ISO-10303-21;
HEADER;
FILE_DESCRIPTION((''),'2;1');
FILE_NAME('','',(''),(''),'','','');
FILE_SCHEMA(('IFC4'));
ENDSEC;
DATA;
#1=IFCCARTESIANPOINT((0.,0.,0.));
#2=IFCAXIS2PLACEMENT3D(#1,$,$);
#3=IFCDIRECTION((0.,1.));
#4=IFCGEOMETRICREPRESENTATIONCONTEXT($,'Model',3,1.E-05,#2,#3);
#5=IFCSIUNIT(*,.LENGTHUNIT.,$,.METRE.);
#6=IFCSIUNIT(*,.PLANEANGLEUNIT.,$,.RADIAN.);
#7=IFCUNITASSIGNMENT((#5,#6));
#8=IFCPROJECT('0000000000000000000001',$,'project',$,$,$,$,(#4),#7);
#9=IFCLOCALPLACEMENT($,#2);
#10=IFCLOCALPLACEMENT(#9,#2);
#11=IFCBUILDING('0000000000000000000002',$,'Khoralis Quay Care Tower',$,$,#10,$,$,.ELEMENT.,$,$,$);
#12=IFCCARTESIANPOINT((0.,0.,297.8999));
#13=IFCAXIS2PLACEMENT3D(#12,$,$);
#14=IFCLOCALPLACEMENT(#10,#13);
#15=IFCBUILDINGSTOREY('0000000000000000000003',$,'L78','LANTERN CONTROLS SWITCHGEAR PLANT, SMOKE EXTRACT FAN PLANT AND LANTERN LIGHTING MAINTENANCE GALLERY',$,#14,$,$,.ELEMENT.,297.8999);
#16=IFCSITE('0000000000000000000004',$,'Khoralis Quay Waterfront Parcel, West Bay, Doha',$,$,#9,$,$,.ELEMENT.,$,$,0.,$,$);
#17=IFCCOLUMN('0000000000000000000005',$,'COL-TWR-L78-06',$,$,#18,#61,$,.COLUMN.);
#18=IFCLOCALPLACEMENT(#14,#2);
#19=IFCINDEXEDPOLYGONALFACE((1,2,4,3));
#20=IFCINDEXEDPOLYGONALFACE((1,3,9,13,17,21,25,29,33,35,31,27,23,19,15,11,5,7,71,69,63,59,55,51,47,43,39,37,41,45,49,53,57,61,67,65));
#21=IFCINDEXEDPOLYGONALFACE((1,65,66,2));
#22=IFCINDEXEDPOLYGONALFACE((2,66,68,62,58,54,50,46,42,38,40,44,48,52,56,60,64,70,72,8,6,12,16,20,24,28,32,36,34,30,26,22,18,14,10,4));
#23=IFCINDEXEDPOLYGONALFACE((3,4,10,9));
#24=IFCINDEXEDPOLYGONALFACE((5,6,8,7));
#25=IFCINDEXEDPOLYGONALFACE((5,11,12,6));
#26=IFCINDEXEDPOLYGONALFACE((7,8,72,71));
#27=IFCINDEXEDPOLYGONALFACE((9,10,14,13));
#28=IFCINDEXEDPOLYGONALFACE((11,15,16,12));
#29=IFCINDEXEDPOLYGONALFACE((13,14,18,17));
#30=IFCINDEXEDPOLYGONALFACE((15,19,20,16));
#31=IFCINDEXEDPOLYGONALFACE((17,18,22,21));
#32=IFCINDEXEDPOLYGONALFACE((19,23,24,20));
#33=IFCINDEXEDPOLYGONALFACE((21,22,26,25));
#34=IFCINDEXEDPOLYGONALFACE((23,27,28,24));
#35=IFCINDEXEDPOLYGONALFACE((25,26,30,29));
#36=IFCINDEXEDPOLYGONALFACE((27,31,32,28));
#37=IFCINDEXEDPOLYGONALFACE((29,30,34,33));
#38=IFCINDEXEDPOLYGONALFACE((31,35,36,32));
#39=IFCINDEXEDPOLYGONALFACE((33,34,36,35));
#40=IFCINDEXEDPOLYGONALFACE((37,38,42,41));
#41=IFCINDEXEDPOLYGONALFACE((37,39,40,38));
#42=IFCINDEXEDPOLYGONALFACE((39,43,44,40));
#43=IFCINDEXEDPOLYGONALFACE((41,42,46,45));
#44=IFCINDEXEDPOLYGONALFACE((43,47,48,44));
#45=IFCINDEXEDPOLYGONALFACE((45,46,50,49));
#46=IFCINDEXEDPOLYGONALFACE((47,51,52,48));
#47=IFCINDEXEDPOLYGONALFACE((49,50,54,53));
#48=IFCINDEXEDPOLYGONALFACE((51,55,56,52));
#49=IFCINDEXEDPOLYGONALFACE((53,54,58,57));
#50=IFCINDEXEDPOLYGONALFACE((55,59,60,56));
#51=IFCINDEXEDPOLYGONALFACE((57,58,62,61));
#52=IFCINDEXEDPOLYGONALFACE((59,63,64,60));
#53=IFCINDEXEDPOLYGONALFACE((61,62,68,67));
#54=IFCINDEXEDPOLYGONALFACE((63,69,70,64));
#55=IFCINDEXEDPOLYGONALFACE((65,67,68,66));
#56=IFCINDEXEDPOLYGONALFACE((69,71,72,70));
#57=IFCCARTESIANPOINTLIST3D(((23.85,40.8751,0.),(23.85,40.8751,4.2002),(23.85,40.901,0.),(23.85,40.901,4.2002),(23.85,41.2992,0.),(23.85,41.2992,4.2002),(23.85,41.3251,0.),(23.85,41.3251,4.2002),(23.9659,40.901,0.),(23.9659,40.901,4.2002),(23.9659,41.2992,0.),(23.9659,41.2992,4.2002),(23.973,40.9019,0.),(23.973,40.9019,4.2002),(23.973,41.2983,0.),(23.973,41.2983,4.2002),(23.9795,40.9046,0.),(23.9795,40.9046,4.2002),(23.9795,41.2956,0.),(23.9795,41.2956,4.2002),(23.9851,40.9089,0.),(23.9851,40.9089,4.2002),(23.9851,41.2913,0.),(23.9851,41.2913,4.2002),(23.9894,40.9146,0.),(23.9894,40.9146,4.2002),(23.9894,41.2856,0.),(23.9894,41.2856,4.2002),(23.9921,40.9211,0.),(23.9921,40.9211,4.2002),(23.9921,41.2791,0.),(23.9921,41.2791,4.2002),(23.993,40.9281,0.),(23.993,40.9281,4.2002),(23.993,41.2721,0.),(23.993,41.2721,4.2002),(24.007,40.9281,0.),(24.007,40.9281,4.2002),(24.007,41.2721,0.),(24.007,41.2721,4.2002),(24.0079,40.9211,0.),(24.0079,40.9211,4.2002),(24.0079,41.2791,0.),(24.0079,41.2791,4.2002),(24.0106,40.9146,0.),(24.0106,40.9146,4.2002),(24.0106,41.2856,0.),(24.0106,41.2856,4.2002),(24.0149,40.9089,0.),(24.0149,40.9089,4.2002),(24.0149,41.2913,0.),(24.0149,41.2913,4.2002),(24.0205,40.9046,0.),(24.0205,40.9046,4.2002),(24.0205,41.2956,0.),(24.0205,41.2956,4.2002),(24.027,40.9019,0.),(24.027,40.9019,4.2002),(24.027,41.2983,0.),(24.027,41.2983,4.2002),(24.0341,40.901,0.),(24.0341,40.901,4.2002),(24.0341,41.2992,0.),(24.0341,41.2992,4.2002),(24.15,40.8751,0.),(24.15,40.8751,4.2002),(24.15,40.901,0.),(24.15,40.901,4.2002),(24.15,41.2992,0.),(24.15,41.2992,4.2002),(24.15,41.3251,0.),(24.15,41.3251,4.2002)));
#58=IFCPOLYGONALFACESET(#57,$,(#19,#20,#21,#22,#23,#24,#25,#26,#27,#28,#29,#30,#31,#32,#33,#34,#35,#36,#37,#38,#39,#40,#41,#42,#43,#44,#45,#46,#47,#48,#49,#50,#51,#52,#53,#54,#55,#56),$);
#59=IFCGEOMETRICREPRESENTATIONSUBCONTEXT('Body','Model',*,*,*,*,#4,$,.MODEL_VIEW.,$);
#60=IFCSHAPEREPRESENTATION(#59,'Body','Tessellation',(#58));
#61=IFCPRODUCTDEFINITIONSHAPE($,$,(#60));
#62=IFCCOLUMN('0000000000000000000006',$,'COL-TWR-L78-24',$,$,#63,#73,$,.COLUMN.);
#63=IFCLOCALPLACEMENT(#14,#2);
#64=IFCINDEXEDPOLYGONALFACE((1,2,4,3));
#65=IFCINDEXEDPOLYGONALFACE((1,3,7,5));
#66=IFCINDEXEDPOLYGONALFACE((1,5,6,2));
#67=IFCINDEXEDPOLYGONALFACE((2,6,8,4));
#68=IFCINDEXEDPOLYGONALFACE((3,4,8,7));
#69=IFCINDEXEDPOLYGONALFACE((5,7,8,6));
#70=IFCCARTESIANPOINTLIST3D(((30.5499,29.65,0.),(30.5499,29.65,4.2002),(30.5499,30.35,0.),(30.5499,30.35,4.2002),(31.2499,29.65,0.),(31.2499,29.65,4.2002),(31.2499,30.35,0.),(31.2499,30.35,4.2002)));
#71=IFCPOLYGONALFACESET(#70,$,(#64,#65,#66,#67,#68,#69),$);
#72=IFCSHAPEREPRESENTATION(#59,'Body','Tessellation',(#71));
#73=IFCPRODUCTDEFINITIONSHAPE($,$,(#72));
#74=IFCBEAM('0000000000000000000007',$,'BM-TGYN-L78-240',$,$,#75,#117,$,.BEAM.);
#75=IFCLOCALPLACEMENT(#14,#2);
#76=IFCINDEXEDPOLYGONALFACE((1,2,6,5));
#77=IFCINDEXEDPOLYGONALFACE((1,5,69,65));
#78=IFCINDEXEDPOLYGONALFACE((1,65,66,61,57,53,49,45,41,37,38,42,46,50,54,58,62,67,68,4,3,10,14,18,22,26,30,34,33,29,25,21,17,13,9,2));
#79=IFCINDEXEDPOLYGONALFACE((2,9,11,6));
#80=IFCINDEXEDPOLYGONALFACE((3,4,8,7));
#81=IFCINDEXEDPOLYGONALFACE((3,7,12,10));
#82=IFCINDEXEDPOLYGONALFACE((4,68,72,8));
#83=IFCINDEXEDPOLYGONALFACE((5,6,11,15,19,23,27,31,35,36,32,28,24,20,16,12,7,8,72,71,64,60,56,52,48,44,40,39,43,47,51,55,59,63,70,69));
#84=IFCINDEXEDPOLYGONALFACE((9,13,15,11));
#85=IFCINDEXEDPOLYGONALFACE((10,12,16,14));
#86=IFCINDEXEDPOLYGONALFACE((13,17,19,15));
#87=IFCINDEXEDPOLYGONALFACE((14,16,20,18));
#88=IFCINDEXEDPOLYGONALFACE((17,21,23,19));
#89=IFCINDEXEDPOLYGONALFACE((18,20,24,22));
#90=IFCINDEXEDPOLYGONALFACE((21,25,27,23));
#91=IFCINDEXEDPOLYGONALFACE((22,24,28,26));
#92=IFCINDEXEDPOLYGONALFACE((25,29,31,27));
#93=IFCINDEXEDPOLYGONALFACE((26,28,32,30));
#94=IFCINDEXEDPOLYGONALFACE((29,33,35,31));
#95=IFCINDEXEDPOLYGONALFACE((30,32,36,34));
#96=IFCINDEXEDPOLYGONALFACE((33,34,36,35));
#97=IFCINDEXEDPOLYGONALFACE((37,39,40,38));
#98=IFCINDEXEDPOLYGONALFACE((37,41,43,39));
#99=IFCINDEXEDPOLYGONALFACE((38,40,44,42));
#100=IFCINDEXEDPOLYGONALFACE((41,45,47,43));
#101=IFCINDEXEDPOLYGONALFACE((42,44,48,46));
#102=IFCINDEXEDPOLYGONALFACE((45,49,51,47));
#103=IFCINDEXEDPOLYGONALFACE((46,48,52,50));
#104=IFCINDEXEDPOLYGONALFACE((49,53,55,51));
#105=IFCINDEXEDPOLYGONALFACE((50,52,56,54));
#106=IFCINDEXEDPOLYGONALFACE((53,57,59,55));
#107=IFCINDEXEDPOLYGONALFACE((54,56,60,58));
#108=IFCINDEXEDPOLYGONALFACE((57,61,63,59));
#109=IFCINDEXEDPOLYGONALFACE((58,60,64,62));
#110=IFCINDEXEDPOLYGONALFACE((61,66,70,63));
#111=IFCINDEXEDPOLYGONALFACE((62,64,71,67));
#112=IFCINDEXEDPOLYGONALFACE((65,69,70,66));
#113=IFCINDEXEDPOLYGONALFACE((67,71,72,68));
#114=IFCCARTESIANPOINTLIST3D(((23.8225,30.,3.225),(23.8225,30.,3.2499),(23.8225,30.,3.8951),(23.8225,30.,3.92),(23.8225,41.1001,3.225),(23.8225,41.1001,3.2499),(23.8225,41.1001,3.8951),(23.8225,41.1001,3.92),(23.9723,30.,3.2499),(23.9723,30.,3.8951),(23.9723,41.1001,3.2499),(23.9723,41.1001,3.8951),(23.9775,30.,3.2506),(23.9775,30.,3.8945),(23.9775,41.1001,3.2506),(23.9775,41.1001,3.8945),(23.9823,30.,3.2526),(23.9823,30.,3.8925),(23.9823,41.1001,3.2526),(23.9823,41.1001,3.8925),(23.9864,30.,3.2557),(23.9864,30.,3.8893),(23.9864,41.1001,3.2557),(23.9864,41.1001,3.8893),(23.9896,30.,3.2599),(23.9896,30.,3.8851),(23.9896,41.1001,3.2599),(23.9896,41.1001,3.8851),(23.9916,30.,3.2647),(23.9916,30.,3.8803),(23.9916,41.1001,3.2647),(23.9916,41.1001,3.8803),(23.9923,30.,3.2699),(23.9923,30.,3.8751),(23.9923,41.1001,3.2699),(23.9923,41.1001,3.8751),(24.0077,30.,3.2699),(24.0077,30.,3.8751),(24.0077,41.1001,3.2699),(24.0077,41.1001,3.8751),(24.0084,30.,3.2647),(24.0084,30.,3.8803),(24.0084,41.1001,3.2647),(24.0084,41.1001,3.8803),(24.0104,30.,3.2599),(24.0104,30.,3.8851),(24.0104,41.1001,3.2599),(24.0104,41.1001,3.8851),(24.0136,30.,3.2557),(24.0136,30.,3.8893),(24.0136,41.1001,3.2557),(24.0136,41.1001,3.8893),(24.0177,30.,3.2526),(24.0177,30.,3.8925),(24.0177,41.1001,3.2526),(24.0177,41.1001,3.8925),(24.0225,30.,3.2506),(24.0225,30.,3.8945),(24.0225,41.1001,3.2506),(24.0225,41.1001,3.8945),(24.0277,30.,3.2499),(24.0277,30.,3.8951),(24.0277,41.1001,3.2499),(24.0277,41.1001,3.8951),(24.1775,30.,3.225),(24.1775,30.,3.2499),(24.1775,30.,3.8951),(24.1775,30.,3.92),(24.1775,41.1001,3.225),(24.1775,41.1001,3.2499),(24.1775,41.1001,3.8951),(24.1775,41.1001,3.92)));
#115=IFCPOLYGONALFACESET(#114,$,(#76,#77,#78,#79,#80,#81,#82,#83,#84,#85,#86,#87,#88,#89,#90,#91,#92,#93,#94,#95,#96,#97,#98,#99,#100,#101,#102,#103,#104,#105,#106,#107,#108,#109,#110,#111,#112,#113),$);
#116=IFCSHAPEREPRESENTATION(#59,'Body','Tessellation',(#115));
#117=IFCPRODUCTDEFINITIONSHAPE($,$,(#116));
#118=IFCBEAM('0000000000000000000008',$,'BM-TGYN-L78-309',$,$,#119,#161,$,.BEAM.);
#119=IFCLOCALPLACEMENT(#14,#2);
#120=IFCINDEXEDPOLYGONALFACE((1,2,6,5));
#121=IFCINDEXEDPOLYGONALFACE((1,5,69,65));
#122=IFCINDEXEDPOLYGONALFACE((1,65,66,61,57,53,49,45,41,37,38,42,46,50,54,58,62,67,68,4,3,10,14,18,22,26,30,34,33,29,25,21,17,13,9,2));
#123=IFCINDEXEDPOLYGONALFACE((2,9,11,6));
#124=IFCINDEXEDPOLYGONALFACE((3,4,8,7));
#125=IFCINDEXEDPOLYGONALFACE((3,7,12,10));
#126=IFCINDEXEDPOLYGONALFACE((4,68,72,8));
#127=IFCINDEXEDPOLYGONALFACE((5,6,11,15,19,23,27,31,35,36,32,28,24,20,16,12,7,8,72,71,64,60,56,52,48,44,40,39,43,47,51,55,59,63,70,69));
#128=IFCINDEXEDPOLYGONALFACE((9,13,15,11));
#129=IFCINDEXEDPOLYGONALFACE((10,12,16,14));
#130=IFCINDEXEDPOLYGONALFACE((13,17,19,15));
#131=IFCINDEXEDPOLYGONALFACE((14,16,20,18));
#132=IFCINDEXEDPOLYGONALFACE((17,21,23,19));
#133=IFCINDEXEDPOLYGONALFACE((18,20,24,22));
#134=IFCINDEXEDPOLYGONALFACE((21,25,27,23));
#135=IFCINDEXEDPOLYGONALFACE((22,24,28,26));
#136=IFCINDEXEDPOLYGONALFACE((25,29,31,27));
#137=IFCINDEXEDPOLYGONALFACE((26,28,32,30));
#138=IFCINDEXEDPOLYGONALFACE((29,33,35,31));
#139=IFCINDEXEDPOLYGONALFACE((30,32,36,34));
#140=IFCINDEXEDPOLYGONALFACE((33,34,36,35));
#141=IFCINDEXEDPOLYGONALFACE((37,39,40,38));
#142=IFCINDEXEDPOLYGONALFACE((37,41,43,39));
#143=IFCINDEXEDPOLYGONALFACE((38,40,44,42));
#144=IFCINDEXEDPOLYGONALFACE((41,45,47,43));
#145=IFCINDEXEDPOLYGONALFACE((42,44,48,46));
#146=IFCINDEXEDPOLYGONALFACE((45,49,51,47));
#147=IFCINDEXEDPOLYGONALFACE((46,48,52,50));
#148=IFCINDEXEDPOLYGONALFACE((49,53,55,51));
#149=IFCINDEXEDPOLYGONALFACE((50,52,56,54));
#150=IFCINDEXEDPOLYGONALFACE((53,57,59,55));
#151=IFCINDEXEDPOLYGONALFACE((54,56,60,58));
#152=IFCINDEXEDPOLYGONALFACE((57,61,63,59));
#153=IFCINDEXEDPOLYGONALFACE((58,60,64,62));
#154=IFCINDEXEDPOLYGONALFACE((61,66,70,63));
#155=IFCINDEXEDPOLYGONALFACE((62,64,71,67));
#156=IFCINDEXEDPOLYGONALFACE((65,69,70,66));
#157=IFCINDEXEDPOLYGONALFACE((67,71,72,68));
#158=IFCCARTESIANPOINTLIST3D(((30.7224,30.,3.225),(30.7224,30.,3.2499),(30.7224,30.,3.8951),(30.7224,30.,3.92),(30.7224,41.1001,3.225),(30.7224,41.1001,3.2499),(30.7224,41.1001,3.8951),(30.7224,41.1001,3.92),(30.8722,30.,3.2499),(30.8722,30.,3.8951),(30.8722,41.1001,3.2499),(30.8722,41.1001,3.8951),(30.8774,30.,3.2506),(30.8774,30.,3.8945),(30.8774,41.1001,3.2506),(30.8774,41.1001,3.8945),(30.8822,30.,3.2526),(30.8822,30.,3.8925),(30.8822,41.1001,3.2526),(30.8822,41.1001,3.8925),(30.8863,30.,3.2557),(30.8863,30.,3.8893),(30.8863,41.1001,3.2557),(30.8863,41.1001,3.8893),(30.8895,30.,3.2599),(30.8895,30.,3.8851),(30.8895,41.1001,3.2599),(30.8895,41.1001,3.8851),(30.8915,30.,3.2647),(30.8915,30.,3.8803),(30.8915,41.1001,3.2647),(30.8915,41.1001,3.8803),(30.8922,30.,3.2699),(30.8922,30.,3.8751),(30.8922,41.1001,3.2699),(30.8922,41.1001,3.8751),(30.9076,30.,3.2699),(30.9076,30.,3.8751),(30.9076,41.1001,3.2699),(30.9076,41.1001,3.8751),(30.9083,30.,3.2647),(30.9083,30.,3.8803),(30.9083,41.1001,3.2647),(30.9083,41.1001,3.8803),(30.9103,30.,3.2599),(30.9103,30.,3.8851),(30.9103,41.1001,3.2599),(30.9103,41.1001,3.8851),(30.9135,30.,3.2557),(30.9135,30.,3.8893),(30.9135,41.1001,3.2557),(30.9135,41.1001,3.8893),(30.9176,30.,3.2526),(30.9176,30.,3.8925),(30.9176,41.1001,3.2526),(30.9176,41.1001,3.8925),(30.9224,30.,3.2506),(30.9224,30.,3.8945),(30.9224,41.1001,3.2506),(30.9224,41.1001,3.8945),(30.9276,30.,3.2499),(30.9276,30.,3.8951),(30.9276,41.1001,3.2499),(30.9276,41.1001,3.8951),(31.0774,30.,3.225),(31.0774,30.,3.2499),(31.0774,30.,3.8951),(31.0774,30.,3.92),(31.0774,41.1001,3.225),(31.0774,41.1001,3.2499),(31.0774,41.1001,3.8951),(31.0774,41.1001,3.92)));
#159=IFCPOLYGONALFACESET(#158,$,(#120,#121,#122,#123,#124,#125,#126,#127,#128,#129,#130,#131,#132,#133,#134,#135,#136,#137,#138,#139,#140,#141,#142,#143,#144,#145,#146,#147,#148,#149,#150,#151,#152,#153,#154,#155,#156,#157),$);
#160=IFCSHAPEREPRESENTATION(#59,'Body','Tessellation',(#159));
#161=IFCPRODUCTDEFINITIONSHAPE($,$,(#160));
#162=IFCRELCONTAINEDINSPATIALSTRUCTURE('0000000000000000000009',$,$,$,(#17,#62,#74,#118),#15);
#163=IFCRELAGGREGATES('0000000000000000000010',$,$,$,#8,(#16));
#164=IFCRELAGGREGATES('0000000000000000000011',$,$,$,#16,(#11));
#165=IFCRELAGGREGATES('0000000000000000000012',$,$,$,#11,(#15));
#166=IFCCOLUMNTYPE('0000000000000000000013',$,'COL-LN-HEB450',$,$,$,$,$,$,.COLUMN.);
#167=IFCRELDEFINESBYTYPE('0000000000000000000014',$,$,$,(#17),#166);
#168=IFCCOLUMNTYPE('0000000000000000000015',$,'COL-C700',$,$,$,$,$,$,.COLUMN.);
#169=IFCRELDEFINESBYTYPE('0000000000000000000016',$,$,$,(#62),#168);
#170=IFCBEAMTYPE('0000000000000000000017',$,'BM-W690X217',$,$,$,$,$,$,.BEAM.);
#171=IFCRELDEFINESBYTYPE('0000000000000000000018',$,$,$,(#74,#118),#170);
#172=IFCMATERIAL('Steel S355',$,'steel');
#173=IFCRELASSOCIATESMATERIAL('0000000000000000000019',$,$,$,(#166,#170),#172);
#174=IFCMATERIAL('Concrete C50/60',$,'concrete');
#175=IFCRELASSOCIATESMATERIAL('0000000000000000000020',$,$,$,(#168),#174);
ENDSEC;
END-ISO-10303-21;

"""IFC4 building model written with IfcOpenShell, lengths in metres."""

from ifc_helpers import new_model, si_unit, direction, frame, origin, origin_2d, place, context, subcontext, project, spatial, rectangle, i_section, extrude, source, transform, mapped, material, material_profile, profile_set, type_object, element, save


model = new_model("IFC4")

# Units and contexts
model_context = context("Model", 3, precision=1e-05, world=origin(), true_north=direction((0.0, 1.0)))
body_context = subcontext(model_context, "Body", "Model", "MODEL_VIEW")
ifc_project = project(units=[si_unit("LENGTHUNIT", "METRE"), si_unit("PLANEANGLEUNIT", "RADIAN")], contexts=[model_context])

# Site, building, storey
site_placement = place(None, origin())
site = spatial("IfcSite", under=ifc_project, at=site_placement, Name="Khoralis Quay Waterfront Parcel, West Bay, Doha", CompositionType="ELEMENT", RefElevation=0.0)
building_placement = place(site_placement, origin())
building = spatial("IfcBuilding", under=site, at=building_placement, Name="Khoralis Quay Care Tower", CompositionType="ELEMENT")
storey_placement = place(building_placement, frame((0.0, 0.0, 297.8999)))
storey = spatial("IfcBuildingStorey", under=building, at=storey_placement, Name="L78", Description="LANTERN CONTROLS SWITCHGEAR PLANT, SMOKE EXTRACT FAN PLANT AND LANTERN LIGHTING MAINTENANCE GALLERY", CompositionType="ELEMENT", Elevation=297.8999)

# Columns
ifc_material_1 = material(Name="Steel S355", Category="steel")
ifc_material_profile_1 = material_profile(ifc_material_1, i_section(OverallWidth=0.3, OverallDepth=0.45, WebThickness=0.0139, FlangeThickness=0.0259, FilletRadius=0.0271, at=origin_2d()), Name="Steel S355")
ifc_profile_set_1 = profile_set([ifc_material_profile_1], Name="Steel S355")
column_type_1 = type_object("IfcColumnType", Name="COL-LN-HEB450", PredefinedType="COLUMN", material=ifc_profile_set_1)
shared_shape_1 = source(origin(), body_context, "Body", "SweptSolid", [
    extrude(i_section(OverallWidth=0.3, OverallDepth=0.45, WebThickness=0.0139, FlangeThickness=0.0259, FilletRadius=0.0271, at=origin_2d()), origin(), (0.0, 0.0, 1.0), 4.2002),
])
column_1_placement = place(storey_placement, frame((24.0, 41.1001, 0.0), z_axis=(0.0, 0.0, 1.0), x_axis=(1.0, 0.0, 0.0)))
element("IfcColumn", 1, at=column_1_placement, inside=storey, type_object=column_type_1, Name="COL-TWR-L78-06", PredefinedType="COLUMN", context=body_context, shape_type="MappedRepresentation", body=[
    mapped(shared_shape_1, transform((0.0, 0.0, 0.0), scale=1.0)),
])
ifc_material_2 = material(Name="Concrete C50/60", Category="concrete")
ifc_material_profile_2 = material_profile(ifc_material_2, rectangle(XDim=0.7, YDim=0.7, at=origin_2d()), Name="Concrete C50/60")
ifc_profile_set_2 = profile_set([ifc_material_profile_2], Name="Concrete C50/60")
column_type_2 = type_object("IfcColumnType", Name="COL-C700", PredefinedType="COLUMN", material=ifc_profile_set_2)
shared_shape_2 = source(origin(), body_context, "Body", "SweptSolid", [
    extrude(rectangle(XDim=0.7, YDim=0.7, at=origin_2d()), origin(), (0.0, 0.0, 1.0), 4.2002),
])
column_2_placement = place(storey_placement, frame((30.8999, 30.0, 0.0), z_axis=(0.0, 0.0, 1.0), x_axis=(1.0, 0.0, 0.0)))
element("IfcColumn", 2, at=column_2_placement, inside=storey, type_object=column_type_2, Name="COL-TWR-L78-24", PredefinedType="COLUMN", context=body_context, shape_type="MappedRepresentation", body=[
    mapped(shared_shape_2, transform((0.0, 0.0, 0.0), scale=1.0)),
])

# Beams
ifc_material_profile_3 = material_profile(ifc_material_1, i_section(OverallWidth=0.355, OverallDepth=0.6951, WebThickness=0.0154, FlangeThickness=0.0249, FilletRadius=0.02, at=origin_2d()), Name="Steel S355")
ifc_profile_set_3 = profile_set([ifc_material_profile_3], Name="Steel S355")
beam_type_1 = type_object("IfcBeamType", Name="BM-W690X217", PredefinedType="BEAM", material=ifc_profile_set_3)
shared_shape_3 = source(origin(), body_context, "Body", "SweptSolid", [
    extrude(i_section(OverallWidth=0.355, OverallDepth=0.6951, WebThickness=0.0154, FlangeThickness=0.0249, FilletRadius=0.02, at=origin_2d()), origin(), (0.0, 0.0, 1.0), 11.1001),
])
for number, where, z_axis, x_axis, name in (
    (3, (24.0, 30.0, 3.5725), (0.0, 1.0, 0.0), (-1.0, 0.0, 0.0), "BM-TGYN-L78-240"),
    (4, (30.8999, 30.0, 3.5725), (0.0, 1.0, 0.0), (-1.0, 0.0, 0.0), "BM-TGYN-L78-309"),
):
    element("IfcBeam", number, at=place(storey_placement, frame(where, z_axis=z_axis, x_axis=x_axis)), inside=storey, type_object=beam_type_1, Name=name, PredefinedType="BEAM", context=body_context, shape_type="MappedRepresentation", body=[
        mapped(shared_shape_3, transform((0.0, 0.0, 0.0), scale=1.0)),
    ])

save(model, "model.ifc")
